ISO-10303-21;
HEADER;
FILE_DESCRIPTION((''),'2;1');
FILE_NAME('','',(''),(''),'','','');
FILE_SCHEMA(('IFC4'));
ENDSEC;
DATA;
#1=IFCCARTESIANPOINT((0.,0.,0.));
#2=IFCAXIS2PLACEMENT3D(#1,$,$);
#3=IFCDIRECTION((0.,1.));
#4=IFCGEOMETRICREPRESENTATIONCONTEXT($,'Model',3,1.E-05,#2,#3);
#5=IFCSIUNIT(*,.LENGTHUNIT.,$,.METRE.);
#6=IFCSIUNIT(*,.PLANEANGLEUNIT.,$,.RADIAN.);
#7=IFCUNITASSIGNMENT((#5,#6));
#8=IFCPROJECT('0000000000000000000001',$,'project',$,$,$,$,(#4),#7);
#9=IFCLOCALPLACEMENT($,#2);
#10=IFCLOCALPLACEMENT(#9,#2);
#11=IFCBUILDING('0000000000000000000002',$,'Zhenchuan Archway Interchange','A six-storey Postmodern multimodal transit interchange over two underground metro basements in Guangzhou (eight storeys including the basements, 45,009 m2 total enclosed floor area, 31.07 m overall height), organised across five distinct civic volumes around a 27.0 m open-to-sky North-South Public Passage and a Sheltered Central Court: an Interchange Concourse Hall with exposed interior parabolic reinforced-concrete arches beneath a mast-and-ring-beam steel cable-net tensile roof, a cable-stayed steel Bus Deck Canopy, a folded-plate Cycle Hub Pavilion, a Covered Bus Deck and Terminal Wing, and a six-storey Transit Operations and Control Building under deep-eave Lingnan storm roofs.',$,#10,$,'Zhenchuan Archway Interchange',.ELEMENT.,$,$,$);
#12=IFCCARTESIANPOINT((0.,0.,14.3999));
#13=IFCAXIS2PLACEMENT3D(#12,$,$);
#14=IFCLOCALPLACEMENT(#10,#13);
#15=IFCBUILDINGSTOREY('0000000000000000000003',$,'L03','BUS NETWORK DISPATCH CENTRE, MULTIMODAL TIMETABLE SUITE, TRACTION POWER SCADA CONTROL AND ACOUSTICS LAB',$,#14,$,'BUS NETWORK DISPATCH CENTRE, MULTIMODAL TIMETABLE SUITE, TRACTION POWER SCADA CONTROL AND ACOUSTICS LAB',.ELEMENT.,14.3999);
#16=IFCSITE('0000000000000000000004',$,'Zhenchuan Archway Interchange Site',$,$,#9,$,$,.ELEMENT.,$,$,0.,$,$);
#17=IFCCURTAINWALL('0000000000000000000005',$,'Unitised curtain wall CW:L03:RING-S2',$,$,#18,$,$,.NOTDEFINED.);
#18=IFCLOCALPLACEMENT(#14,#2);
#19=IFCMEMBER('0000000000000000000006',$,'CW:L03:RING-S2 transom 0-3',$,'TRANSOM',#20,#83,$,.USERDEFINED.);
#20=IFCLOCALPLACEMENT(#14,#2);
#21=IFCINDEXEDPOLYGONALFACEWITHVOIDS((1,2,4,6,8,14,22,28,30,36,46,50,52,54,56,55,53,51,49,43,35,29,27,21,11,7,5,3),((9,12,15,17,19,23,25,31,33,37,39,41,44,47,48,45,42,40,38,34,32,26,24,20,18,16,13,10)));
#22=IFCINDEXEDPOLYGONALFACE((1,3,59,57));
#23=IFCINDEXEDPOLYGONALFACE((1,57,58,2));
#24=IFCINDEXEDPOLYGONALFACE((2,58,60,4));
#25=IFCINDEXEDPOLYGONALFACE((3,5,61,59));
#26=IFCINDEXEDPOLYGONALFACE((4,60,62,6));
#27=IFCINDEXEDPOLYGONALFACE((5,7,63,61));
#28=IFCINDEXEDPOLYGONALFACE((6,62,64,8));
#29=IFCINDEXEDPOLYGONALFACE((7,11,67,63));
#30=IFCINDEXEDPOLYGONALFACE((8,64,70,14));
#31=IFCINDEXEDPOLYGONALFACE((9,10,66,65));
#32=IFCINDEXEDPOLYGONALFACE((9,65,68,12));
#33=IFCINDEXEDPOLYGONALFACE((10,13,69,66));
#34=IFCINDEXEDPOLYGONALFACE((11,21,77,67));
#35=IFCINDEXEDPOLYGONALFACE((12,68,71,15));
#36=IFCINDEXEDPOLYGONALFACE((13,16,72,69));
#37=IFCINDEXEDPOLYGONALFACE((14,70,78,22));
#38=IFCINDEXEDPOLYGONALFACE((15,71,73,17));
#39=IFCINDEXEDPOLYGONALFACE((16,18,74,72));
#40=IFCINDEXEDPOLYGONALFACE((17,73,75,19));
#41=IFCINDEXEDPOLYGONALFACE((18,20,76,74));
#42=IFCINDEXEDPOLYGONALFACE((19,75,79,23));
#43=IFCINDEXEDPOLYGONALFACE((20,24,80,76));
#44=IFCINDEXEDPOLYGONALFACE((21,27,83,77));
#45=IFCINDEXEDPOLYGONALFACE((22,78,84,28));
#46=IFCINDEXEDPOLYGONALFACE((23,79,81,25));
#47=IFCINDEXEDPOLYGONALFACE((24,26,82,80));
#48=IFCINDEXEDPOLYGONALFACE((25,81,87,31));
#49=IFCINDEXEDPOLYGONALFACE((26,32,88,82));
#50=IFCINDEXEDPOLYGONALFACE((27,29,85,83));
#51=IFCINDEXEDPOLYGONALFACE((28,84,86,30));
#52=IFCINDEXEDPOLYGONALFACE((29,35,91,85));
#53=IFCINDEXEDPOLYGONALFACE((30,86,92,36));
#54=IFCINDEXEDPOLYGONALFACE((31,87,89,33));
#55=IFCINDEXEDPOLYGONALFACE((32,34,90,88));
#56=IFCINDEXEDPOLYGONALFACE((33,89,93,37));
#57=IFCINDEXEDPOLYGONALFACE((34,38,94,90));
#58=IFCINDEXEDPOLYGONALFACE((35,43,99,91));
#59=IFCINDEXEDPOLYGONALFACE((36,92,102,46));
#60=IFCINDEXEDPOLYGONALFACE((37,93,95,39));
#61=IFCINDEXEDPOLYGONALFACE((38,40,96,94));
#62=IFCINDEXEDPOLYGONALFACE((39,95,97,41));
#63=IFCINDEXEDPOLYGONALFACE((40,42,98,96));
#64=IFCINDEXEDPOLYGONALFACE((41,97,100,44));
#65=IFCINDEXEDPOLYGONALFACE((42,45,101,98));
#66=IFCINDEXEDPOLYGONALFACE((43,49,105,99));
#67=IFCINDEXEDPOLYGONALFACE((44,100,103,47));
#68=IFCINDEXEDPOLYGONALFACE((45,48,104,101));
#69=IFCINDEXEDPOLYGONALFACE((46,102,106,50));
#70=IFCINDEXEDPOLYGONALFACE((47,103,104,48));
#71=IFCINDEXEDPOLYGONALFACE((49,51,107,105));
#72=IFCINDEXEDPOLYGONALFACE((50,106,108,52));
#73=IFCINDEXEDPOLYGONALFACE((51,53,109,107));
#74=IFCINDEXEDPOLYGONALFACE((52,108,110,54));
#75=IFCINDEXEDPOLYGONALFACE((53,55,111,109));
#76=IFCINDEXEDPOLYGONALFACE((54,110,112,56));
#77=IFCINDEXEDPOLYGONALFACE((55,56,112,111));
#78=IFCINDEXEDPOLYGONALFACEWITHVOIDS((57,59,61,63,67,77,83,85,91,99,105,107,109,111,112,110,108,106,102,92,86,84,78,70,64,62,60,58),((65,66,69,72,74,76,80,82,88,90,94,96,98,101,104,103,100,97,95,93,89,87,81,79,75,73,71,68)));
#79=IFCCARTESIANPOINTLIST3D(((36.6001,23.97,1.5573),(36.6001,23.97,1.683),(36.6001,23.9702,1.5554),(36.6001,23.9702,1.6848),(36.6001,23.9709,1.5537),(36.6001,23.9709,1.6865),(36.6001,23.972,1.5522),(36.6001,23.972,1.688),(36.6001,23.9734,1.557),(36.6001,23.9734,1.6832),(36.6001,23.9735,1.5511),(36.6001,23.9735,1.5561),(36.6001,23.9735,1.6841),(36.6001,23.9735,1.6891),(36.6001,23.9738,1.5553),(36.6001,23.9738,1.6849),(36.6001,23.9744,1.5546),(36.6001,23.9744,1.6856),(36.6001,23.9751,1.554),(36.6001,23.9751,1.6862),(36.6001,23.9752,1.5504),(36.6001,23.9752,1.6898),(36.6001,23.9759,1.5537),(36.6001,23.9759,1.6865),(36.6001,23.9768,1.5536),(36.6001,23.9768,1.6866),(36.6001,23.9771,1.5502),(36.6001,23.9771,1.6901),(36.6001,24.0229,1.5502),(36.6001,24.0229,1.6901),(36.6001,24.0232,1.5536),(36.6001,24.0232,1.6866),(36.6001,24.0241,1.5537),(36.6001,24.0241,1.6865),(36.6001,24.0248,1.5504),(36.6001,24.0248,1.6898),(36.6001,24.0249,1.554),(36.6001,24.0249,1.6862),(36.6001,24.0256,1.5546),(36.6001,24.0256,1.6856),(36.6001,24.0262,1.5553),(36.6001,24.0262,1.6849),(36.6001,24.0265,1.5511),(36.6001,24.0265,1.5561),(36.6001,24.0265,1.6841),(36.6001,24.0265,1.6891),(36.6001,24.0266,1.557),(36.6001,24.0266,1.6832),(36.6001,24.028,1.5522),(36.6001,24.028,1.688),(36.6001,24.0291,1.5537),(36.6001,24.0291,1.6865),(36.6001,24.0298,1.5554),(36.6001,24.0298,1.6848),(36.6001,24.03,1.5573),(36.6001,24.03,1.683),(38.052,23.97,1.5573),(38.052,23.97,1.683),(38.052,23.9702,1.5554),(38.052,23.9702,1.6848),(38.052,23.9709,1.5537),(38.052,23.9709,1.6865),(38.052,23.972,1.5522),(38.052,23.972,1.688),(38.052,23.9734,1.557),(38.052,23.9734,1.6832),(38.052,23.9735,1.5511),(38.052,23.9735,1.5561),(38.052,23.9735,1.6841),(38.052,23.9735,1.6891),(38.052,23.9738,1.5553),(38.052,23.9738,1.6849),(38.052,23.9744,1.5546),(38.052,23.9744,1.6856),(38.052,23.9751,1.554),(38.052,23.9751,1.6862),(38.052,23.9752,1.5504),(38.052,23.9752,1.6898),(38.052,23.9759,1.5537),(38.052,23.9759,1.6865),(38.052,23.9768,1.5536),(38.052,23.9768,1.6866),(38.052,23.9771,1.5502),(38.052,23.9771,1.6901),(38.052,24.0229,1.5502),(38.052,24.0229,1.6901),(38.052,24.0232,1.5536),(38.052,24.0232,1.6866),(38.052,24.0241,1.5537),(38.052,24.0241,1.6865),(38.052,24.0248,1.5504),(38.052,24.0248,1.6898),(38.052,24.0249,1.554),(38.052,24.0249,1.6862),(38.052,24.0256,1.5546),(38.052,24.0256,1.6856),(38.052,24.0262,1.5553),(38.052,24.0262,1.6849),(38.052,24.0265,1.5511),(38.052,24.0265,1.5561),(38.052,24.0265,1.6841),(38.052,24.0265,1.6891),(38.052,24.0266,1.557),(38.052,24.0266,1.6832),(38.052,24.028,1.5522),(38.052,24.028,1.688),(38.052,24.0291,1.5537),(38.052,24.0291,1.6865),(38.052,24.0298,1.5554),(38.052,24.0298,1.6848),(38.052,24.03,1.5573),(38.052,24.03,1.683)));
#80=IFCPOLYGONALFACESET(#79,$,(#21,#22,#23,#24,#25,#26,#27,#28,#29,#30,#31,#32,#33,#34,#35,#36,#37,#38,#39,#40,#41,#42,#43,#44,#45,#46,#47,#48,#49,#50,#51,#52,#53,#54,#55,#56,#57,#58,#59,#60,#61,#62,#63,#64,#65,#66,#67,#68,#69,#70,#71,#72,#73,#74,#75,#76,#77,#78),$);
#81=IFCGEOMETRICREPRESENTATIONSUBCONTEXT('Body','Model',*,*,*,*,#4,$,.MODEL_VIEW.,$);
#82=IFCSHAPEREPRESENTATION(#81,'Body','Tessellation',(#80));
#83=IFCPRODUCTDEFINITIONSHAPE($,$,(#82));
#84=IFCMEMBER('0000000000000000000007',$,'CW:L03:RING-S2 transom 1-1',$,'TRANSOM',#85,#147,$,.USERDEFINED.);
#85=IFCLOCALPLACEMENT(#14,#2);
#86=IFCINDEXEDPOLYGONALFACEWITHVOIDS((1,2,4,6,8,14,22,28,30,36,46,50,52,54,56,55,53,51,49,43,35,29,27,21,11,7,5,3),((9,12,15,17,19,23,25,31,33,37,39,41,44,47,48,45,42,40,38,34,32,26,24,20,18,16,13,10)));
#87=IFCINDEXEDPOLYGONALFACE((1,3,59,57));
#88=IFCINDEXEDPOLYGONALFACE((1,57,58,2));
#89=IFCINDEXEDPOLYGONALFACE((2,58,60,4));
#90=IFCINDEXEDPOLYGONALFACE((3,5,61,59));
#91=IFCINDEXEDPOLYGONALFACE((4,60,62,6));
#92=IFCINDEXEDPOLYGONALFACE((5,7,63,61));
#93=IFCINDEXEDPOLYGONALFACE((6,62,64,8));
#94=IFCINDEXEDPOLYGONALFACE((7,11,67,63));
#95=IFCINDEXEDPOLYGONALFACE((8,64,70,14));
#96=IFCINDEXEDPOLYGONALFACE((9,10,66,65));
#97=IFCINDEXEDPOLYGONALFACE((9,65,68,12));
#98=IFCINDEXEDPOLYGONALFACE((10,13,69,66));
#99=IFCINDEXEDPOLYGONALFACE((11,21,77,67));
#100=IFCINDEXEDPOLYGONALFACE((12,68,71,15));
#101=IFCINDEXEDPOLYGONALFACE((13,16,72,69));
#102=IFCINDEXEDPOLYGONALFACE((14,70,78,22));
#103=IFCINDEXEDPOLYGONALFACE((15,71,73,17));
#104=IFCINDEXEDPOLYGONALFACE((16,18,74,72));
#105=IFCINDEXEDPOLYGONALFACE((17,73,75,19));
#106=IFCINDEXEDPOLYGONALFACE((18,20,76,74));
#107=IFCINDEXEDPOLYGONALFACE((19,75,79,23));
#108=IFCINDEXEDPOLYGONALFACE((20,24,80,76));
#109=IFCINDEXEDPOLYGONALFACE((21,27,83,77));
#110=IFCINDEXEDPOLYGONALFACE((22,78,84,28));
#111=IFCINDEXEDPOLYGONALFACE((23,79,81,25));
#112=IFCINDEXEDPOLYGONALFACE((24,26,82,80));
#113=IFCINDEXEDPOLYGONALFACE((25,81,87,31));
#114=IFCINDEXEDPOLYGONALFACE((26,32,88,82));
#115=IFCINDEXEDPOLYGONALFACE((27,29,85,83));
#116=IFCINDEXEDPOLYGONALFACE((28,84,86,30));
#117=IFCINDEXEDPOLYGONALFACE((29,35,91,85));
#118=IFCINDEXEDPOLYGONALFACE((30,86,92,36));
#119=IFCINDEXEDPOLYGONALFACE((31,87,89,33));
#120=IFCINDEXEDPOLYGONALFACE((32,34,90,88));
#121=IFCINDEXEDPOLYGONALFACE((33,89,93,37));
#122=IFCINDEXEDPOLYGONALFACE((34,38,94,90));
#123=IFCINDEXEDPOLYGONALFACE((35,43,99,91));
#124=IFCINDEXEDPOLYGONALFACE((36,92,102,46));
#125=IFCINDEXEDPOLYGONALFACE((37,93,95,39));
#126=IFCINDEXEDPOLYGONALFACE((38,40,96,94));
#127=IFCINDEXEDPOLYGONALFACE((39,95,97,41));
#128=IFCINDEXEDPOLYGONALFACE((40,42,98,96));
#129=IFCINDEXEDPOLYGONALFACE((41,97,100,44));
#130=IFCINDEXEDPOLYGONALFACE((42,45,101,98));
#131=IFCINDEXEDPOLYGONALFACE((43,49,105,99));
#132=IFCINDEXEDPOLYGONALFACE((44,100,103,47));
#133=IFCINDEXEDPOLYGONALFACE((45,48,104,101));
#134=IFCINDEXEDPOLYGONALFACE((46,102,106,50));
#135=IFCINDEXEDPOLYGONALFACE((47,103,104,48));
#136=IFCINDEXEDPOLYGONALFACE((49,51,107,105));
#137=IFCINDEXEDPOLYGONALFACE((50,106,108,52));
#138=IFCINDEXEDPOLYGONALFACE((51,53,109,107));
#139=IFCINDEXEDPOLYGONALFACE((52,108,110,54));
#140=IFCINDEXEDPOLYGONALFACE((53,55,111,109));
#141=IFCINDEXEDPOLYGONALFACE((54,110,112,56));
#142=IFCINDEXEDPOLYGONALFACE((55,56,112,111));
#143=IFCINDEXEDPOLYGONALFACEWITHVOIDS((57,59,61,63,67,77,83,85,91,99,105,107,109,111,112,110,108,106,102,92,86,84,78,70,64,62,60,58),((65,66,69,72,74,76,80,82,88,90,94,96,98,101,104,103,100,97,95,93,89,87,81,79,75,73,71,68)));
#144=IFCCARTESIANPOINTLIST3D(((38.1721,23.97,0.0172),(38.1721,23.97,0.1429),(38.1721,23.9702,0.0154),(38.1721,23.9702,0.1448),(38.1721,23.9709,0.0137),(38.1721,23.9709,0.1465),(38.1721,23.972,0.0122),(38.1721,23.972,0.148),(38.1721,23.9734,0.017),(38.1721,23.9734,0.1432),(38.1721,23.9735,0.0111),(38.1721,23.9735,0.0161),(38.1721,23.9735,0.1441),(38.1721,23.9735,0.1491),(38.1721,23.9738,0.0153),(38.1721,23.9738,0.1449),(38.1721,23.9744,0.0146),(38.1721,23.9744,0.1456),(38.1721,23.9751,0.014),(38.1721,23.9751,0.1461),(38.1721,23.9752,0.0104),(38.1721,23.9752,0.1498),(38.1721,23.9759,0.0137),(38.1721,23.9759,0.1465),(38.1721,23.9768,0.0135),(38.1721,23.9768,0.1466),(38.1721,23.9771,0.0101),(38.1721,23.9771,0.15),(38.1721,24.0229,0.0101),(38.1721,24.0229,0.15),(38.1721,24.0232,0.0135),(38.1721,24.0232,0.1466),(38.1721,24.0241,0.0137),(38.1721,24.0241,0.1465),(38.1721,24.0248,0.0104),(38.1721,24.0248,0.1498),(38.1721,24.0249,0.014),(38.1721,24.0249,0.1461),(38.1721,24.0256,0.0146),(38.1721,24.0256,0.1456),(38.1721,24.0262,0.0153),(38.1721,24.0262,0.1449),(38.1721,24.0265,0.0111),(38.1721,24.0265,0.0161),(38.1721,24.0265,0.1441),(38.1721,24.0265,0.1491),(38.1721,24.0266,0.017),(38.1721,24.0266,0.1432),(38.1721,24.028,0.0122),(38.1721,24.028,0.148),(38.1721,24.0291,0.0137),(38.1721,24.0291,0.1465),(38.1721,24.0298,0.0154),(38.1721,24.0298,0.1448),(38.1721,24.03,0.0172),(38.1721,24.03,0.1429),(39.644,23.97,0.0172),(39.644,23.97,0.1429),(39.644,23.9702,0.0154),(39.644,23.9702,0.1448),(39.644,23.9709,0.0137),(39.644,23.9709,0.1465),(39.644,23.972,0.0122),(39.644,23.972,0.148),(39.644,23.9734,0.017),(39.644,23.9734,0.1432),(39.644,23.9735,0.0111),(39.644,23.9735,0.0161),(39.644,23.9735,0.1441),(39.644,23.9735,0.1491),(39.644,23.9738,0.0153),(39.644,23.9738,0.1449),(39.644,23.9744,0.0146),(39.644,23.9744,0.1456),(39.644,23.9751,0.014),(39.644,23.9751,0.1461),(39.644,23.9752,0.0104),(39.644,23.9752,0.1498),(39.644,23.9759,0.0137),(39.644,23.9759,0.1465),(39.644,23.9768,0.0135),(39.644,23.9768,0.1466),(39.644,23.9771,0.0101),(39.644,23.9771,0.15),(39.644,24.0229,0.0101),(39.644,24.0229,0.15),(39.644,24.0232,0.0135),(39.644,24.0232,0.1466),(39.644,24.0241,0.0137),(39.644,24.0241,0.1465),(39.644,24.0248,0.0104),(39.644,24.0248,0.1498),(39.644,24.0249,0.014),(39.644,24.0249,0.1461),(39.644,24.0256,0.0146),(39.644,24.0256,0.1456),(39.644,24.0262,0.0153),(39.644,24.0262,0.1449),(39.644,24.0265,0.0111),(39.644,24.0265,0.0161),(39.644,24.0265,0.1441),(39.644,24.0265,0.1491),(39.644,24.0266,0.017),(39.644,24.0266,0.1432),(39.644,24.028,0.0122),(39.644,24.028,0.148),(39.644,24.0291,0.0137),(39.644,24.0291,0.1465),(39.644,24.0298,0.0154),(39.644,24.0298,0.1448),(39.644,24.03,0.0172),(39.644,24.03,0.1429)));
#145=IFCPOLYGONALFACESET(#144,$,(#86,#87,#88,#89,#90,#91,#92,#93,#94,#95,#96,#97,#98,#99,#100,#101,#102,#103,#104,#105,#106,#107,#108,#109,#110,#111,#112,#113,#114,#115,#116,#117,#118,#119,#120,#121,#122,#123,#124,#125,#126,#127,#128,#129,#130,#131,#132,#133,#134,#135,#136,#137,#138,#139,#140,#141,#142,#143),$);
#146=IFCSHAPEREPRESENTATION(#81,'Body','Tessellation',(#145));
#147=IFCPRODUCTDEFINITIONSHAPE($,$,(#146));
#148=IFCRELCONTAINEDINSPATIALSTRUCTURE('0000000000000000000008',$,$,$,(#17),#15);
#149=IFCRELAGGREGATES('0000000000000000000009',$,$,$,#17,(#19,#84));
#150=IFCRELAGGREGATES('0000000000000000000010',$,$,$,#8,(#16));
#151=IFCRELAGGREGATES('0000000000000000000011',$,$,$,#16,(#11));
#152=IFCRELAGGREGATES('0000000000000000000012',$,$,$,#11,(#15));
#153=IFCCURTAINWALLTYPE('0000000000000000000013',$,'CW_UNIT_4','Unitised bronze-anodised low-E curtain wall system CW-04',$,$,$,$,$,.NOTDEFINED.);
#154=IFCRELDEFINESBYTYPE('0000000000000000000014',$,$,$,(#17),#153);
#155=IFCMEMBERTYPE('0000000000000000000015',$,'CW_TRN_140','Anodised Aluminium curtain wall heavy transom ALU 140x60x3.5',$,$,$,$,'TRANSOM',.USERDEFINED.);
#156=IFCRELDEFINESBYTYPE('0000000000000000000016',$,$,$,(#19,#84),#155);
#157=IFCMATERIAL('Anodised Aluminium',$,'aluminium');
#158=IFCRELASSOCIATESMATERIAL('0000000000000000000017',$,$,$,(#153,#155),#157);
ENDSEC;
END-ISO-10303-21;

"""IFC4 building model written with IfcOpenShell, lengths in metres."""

from ifc_helpers import new_model, si_unit, direction, frame, origin, origin_2d, place, context, subcontext, project, spatial, hollow_rectangle, extrude, material, material_profile, profile_set, type_object, element, aggregate, save


model = new_model("IFC4")

# Units and contexts
model_context = context("Model", 3, precision=1e-05, world=origin(), true_north=direction((0.0, 1.0)))
body_context = subcontext(model_context, "Body", "Model", "MODEL_VIEW")
ifc_project = project(units=[si_unit("LENGTHUNIT", "METRE"), si_unit("PLANEANGLEUNIT", "RADIAN")], contexts=[model_context])

# Site, building, storey
site_placement = place(None, origin())
site = spatial("IfcSite", under=ifc_project, at=site_placement, Name="Zhenchuan Archway Interchange Site", CompositionType="ELEMENT", RefElevation=0.0)
building_placement = place(site_placement, origin())
building = spatial("IfcBuilding", under=site, at=building_placement, Name="Zhenchuan Archway Interchange", Description="A six-storey Postmodern multimodal transit interchange over two underground metro basements in Guangzhou (eight storeys including the basements, 45,009 m2 total enclosed floor area, 31.07 m overall height), organised across five distinct civic volumes around a 27.0 m open-to-sky North-South Public Passage and a Sheltered Central Court: an Interchange Concourse Hall with exposed interior parabolic reinforced-concrete arches beneath a mast-and-ring-beam steel cable-net tensile roof, a cable-stayed steel Bus Deck Canopy, a folded-plate Cycle Hub Pavilion, a Covered Bus Deck and Terminal Wing, and a six-storey Transit Operations and Control Building under deep-eave Lingnan storm roofs.", LongName="Zhenchuan Archway Interchange", CompositionType="ELEMENT")
storey_placement = place(building_placement, frame((0.0, 0.0, 14.3999)))
storey = spatial("IfcBuildingStorey", under=building, at=storey_placement, Name="L03", Description="BUS NETWORK DISPATCH CENTRE, MULTIMODAL TIMETABLE SUITE, TRACTION POWER SCADA CONTROL AND ACOUSTICS LAB", LongName="BUS NETWORK DISPATCH CENTRE, MULTIMODAL TIMETABLE SUITE, TRACTION POWER SCADA CONTROL AND ACOUSTICS LAB", CompositionType="ELEMENT", Elevation=14.3999)

# Curtain wall
ifc_material_1 = material(Name="Anodised Aluminium", Category="aluminium")
curtain_wall_type = type_object("IfcCurtainWallType", Name="CW_UNIT_4", Description="Unitised bronze-anodised low-E curtain wall system CW-04", PredefinedType="NOTDEFINED", material=ifc_material_1)
curtain_wall_1_placement = place(storey_placement, origin())
curtain_wall_1 = element("IfcCurtainWall", 1, at=curtain_wall_1_placement, inside=storey, type_object=curtain_wall_type, Name="Unitised curtain wall CW:L03:RING-S2", PredefinedType="NOTDEFINED")

# Members
ifc_material_profile_1 = material_profile(ifc_material_1, hollow_rectangle(XDim=0.0601, YDim=0.1399, WallThickness=0.0034, InnerFilletRadius=0.0034, OuterFilletRadius=0.0071, at=origin_2d()), Name="ALU 140x60x3.5")
ifc_profile_set_1 = profile_set([ifc_material_profile_1], Name="Anodised Aluminium")
member_type_1 = type_object("IfcMemberType", Name="CW_TRN_140", Description="Anodised Aluminium curtain wall heavy transom ALU 140x60x3.5", ElementType="TRANSOM", PredefinedType="USERDEFINED", material=ifc_profile_set_1)
member_1_placement = place(storey_placement, frame((36.6001, 24.0, 1.6201), z_axis=(1.0, 0.0, 0.0), x_axis=(0.0, 1.0, 0.0)))
member_1 = element("IfcMember", 2, at=member_1_placement, type_object=member_type_1, Name="CW:L03:RING-S2 transom 0-3", ObjectType="TRANSOM", PredefinedType="USERDEFINED", context=body_context, shape_type="SweptSolid", body=[
    extrude(hollow_rectangle(XDim=0.0601, YDim=0.1399, WallThickness=0.0034, InnerFilletRadius=0.0034, OuterFilletRadius=0.0071, at=origin_2d()), origin(), (0.0, 0.0, 1.0), 1.4519),
])
member_2_placement = place(storey_placement, frame((38.1721, 24.0, 0.0801), z_axis=(1.0, 0.0, 0.0), x_axis=(0.0, 1.0, 0.0)))
member_2 = element("IfcMember", 3, at=member_2_placement, type_object=member_type_1, Name="CW:L03:RING-S2 transom 1-1", ObjectType="TRANSOM", PredefinedType="USERDEFINED", context=body_context, shape_type="SweptSolid", body=[
    extrude(hollow_rectangle(XDim=0.0601, YDim=0.1399, WallThickness=0.0034, InnerFilletRadius=0.0034, OuterFilletRadius=0.0071, at=origin_2d()), origin(), (0.0, 0.0, 1.0), 1.4719),
])

aggregate(curtain_wall_1, [member_1, member_2])

save(model, "model.ifc")
